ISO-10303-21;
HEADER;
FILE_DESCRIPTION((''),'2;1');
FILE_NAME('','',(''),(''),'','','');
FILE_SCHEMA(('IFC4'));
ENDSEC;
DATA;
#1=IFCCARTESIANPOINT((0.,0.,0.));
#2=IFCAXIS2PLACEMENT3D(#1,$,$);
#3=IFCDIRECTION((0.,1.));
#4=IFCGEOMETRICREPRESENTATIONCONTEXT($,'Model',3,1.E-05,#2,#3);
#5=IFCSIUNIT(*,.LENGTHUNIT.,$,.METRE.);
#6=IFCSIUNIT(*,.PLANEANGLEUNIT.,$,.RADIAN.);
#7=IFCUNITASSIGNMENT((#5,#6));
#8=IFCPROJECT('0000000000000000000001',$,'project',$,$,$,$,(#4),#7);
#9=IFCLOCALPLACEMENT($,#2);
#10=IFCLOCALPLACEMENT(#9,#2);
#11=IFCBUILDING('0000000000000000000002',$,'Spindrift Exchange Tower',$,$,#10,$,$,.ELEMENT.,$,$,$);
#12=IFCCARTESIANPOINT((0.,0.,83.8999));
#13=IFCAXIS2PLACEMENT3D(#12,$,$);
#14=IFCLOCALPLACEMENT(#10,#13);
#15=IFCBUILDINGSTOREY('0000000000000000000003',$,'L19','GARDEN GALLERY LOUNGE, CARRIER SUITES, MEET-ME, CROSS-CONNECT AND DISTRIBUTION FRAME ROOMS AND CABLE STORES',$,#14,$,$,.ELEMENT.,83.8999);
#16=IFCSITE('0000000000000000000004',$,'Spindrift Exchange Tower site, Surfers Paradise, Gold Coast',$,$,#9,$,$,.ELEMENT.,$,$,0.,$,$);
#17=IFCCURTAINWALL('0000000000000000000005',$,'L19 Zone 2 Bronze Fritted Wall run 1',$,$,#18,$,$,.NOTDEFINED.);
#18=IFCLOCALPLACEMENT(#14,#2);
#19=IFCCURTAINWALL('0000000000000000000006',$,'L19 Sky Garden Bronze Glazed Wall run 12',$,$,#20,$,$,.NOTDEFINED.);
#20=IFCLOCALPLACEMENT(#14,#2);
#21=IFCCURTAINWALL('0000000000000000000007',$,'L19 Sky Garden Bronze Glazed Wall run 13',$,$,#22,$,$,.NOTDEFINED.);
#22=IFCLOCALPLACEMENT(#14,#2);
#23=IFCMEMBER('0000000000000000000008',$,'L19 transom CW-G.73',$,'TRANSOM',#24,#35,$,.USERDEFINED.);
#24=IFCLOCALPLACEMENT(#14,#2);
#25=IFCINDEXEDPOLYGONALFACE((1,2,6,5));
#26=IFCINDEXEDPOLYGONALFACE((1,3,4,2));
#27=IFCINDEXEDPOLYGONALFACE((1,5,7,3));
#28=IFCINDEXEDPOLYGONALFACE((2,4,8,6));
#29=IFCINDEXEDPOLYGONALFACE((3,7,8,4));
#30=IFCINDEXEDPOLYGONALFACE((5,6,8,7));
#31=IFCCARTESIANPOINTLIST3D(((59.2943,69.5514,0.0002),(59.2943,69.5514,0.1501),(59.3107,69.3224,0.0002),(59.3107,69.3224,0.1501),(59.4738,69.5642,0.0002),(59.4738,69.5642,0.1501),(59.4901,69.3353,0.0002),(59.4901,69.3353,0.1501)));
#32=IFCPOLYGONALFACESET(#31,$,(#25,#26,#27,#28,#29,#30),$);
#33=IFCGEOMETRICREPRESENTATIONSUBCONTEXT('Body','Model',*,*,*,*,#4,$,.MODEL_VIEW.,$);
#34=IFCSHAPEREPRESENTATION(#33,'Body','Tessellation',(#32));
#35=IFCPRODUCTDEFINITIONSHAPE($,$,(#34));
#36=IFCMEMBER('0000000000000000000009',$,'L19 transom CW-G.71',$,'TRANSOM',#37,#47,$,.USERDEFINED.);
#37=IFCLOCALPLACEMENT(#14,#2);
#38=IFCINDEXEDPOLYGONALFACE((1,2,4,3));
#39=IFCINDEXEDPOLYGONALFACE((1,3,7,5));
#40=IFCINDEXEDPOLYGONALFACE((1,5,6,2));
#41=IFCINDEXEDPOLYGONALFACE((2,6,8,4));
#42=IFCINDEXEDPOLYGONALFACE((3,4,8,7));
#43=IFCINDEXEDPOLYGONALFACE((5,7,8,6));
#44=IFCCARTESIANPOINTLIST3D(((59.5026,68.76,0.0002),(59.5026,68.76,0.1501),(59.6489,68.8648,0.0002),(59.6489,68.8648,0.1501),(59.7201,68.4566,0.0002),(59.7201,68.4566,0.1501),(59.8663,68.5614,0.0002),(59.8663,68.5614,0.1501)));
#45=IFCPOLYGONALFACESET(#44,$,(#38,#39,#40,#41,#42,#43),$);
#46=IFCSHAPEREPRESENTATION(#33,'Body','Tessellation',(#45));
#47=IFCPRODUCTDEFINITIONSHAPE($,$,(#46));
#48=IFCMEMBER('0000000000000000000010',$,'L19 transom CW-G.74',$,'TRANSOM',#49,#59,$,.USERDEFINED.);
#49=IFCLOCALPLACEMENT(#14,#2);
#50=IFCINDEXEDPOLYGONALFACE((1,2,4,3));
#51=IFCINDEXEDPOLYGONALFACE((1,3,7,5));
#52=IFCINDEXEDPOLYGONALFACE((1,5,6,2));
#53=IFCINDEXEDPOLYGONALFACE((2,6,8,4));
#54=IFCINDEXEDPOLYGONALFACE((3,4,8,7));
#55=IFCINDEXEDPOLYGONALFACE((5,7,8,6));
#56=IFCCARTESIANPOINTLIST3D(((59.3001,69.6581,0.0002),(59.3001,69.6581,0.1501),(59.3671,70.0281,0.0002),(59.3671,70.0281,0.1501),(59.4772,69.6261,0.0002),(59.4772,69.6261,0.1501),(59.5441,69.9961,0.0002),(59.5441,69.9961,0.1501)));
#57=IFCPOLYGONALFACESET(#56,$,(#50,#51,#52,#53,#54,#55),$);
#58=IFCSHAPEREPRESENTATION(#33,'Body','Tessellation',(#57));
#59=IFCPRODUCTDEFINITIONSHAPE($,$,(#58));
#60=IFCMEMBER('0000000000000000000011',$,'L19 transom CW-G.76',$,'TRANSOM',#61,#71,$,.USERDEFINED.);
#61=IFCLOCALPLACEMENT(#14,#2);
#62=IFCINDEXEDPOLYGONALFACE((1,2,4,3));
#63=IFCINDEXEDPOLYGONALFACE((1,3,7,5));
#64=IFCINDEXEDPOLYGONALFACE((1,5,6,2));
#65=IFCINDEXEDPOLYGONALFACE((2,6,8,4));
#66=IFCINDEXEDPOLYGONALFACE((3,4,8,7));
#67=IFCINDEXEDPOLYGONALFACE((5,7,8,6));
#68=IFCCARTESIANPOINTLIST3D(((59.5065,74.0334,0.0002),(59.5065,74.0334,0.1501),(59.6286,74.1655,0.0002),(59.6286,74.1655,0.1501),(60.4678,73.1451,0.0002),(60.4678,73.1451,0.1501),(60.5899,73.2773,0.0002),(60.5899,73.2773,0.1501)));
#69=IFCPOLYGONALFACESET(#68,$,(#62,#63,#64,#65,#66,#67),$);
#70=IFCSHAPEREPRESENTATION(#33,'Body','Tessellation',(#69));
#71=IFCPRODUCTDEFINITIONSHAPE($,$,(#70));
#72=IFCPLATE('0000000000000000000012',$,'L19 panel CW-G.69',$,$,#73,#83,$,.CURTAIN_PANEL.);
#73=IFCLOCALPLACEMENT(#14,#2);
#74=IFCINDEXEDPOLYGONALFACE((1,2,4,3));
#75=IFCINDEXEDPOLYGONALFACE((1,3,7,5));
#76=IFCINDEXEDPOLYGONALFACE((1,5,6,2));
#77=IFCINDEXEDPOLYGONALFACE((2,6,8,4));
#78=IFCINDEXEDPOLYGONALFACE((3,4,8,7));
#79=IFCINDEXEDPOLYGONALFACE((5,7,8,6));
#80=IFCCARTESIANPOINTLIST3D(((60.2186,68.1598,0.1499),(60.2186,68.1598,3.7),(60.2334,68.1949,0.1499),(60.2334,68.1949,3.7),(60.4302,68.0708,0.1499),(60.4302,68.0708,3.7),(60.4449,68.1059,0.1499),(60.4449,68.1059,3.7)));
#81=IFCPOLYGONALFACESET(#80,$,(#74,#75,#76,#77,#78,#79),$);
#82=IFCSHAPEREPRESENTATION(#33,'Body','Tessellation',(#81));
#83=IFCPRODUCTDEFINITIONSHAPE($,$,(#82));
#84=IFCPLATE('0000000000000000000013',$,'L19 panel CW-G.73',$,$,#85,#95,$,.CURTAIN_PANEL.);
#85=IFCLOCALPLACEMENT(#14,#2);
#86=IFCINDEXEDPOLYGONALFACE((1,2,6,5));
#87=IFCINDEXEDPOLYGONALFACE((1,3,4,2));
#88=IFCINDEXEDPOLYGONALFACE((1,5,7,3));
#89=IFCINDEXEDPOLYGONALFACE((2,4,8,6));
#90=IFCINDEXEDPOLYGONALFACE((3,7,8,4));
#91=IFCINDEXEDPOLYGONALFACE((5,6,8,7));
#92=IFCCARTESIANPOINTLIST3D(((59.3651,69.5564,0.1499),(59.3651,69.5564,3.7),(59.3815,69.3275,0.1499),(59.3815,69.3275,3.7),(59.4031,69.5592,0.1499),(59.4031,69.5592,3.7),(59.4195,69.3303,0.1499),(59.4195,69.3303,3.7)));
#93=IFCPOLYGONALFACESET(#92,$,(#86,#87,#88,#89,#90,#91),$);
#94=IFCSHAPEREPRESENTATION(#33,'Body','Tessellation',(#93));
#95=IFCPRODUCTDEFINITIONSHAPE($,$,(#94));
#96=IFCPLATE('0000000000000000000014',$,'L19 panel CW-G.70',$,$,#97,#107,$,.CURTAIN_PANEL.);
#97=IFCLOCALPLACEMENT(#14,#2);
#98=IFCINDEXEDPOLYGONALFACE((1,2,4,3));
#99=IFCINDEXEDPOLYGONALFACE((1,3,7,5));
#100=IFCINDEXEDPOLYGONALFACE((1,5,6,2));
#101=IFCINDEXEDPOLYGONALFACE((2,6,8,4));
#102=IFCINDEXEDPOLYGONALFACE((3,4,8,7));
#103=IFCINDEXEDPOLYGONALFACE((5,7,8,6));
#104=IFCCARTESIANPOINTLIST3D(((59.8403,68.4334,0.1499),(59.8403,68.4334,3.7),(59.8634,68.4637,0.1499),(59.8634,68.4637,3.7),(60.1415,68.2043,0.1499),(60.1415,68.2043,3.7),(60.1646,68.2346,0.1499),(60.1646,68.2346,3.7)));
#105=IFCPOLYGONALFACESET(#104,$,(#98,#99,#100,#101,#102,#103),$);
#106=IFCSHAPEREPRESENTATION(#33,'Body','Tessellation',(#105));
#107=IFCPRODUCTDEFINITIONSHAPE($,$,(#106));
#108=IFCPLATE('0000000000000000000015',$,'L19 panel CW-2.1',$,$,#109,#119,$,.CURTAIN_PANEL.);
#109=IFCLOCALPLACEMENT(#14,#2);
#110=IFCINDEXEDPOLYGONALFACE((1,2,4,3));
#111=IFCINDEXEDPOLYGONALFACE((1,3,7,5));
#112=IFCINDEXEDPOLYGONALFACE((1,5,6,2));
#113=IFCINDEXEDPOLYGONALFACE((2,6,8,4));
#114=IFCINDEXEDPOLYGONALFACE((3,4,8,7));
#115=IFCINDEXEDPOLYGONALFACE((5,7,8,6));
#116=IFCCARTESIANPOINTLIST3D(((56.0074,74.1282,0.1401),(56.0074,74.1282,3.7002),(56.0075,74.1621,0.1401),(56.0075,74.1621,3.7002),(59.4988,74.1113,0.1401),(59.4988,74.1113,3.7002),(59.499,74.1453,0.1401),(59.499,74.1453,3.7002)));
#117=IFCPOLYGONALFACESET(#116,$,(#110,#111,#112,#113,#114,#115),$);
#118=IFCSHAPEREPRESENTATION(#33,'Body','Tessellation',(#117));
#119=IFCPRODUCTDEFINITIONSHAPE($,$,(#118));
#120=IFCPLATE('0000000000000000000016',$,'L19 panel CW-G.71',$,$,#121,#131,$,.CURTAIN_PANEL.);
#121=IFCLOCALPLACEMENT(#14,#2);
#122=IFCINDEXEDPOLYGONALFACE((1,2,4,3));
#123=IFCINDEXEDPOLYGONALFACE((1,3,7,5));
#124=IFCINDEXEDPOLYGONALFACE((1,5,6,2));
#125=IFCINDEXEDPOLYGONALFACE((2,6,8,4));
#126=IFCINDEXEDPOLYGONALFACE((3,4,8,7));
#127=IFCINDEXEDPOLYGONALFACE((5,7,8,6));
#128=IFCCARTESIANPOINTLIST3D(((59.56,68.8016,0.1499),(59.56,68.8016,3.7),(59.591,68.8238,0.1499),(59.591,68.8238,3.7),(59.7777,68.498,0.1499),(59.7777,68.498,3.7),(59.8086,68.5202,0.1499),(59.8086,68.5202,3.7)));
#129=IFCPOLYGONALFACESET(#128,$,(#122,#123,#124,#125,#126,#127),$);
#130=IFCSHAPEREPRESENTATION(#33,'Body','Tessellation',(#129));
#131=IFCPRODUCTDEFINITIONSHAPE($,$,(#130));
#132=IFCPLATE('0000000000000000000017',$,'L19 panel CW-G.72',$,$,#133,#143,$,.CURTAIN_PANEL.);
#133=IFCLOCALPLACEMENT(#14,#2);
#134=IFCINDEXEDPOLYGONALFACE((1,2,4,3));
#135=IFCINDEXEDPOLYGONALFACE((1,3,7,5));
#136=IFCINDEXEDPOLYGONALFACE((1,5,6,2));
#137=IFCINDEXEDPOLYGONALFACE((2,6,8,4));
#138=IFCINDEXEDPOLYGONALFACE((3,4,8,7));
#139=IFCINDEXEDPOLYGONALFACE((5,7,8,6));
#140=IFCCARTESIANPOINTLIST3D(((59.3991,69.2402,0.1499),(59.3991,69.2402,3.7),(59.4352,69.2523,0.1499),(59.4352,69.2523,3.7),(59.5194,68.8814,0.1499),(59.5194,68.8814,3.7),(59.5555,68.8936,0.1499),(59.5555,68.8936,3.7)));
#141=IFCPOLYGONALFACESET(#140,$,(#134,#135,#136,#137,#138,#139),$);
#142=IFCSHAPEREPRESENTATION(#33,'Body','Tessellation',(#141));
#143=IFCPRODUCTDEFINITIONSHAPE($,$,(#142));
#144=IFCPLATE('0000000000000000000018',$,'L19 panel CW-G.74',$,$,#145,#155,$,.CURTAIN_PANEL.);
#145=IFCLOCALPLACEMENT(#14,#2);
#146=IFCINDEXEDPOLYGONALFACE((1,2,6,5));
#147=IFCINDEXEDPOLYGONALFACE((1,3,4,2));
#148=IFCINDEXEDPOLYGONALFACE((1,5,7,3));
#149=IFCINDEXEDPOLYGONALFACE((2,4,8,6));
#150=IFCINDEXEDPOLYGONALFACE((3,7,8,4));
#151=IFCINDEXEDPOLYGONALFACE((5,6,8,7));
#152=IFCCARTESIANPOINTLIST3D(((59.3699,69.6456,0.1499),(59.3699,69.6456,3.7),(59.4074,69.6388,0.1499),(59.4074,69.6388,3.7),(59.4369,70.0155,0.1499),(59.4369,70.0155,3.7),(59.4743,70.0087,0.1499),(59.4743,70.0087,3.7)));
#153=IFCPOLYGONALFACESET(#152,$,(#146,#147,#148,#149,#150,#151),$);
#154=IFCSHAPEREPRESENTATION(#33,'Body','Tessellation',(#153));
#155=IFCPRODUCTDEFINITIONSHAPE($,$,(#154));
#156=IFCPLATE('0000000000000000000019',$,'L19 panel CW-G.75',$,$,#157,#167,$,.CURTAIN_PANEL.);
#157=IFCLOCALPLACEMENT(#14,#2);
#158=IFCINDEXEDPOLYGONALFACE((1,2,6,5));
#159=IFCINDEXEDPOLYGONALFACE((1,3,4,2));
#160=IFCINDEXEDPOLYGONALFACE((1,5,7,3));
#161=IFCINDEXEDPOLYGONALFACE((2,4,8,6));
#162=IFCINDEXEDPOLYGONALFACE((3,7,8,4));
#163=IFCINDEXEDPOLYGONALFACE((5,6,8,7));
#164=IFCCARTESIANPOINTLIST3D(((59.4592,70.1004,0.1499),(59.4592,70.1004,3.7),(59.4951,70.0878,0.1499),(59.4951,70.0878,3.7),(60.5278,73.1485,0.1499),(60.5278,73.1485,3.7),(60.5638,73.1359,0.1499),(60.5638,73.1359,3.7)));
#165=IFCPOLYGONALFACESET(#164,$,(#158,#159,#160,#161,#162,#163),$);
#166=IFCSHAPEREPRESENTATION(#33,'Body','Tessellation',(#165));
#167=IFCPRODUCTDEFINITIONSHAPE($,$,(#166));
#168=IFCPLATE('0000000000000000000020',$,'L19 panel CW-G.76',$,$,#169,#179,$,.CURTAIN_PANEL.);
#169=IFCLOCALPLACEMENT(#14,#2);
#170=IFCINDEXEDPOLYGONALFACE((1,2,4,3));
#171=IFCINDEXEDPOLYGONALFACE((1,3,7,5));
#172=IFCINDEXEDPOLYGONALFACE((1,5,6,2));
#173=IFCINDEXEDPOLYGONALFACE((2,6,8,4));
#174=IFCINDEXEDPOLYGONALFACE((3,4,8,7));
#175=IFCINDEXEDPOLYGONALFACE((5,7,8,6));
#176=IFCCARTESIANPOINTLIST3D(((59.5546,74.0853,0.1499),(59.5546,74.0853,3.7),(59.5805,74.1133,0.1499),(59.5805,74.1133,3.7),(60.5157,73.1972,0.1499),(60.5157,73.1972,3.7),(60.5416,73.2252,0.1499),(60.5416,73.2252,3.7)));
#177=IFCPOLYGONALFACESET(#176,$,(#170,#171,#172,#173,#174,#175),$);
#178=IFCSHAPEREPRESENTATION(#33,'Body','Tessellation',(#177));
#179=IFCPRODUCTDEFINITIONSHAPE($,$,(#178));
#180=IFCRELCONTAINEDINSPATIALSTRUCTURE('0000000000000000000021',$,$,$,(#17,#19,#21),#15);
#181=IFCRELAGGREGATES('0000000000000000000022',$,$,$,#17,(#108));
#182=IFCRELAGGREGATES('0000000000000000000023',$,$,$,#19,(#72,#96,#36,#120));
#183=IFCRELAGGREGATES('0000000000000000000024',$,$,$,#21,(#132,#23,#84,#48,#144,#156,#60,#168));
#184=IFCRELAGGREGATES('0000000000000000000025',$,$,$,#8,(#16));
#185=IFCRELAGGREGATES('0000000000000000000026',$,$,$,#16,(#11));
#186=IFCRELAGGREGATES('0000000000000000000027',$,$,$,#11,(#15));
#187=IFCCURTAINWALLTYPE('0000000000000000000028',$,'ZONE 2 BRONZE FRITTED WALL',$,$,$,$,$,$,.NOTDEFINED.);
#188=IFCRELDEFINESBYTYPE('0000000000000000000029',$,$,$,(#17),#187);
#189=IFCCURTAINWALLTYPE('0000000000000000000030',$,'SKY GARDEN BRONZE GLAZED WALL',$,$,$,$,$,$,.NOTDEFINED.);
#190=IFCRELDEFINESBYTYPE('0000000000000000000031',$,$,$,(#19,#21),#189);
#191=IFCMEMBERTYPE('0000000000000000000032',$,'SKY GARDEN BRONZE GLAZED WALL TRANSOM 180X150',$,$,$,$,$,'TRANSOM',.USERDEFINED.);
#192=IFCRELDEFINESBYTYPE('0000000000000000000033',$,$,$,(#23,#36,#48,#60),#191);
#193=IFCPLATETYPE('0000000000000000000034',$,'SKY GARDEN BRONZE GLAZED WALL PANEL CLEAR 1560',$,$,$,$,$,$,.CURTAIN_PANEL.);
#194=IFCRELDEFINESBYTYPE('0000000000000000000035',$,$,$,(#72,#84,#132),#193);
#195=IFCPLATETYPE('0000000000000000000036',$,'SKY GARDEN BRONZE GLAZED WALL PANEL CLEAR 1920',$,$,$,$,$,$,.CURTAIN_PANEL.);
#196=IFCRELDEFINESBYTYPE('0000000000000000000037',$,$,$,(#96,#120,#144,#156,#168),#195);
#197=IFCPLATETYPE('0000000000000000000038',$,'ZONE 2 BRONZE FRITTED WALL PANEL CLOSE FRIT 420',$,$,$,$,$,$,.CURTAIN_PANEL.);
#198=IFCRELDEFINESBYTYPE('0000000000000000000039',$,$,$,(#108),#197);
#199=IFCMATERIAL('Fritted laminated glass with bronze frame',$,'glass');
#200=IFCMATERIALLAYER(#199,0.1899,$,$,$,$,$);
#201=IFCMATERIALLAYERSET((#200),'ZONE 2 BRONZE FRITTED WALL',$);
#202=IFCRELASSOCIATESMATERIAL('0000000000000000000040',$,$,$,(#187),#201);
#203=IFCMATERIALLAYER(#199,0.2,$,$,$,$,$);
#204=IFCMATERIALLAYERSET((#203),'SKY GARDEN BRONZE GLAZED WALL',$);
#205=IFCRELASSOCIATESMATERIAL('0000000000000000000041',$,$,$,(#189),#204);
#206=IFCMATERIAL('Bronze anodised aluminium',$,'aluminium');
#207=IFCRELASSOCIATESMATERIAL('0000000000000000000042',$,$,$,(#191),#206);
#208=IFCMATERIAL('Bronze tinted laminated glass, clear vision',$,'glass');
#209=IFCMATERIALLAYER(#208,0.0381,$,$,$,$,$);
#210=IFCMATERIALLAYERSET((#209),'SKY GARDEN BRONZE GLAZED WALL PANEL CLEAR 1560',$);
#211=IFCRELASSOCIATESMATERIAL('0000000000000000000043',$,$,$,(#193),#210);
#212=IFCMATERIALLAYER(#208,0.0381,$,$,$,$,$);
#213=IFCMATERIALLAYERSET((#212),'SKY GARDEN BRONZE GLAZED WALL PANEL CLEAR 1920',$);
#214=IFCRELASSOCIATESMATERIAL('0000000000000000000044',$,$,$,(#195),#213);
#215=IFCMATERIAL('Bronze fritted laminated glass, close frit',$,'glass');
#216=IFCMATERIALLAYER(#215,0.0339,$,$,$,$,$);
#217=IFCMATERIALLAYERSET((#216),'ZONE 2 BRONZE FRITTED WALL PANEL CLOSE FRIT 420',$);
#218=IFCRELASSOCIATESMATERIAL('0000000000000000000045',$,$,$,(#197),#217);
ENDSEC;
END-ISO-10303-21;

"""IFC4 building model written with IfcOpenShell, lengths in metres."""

from ifc_helpers import new_model, si_unit, direction, frame, origin, origin_2d, place, context, subcontext, project, spatial, rectangle, extrude, source, transform, mapped, material, layer, layer_set, material_profile, profile_set, type_object, element, aggregate, save


model = new_model("IFC4")

# Units and contexts
model_context = context("Model", 3, precision=1e-05, world=origin(), true_north=direction((0.0, 1.0)))
body_context = subcontext(model_context, "Body", "Model", "MODEL_VIEW")
ifc_project = project(units=[si_unit("LENGTHUNIT", "METRE"), si_unit("PLANEANGLEUNIT", "RADIAN")], contexts=[model_context])

# Site, building, storey
site_placement = place(None, origin())
site = spatial("IfcSite", under=ifc_project, at=site_placement, Name="Spindrift Exchange Tower site, Surfers Paradise, Gold Coast", CompositionType="ELEMENT", RefElevation=0.0)
building_placement = place(site_placement, origin())
building = spatial("IfcBuilding", under=site, at=building_placement, Name="Spindrift Exchange Tower", CompositionType="ELEMENT")
storey_placement = place(building_placement, frame((0.0, 0.0, 83.8999)))
storey = spatial("IfcBuildingStorey", under=building, at=storey_placement, Name="L19", Description="GARDEN GALLERY LOUNGE, CARRIER SUITES, MEET-ME, CROSS-CONNECT AND DISTRIBUTION FRAME ROOMS AND CABLE STORES", CompositionType="ELEMENT", Elevation=83.8999)

# Curtain wall
ifc_material_1 = material(Name="Fritted laminated glass with bronze frame", Category="glass")
ifc_layer_1 = layer(ifc_material_1, 0.1899)
ifc_layer_set_1 = layer_set([ifc_layer_1], Name="ZONE 2 BRONZE FRITTED WALL")
curtain_wall_type_1 = type_object("IfcCurtainWallType", Name="ZONE 2 BRONZE FRITTED WALL", PredefinedType="NOTDEFINED", material=ifc_layer_set_1)
curtain_wall_1_placement = place(storey_placement, origin())
curtain_wall_1 = element("IfcCurtainWall", 1, at=curtain_wall_1_placement, inside=storey, type_object=curtain_wall_type_1, Name="L19 Zone 2 Bronze Fritted Wall run 1", PredefinedType="NOTDEFINED")
ifc_material_2 = material(Name="Bronze anodised aluminium", Category="aluminium")

# Curtain wall
ifc_layer_2 = layer(ifc_material_1, 0.2)
ifc_layer_set_2 = layer_set([ifc_layer_2], Name="SKY GARDEN BRONZE GLAZED WALL")
curtain_wall_type_2 = type_object("IfcCurtainWallType", Name="SKY GARDEN BRONZE GLAZED WALL", PredefinedType="NOTDEFINED", material=ifc_layer_set_2)
curtain_wall_2_placement = place(storey_placement, origin())
curtain_wall_2 = element("IfcCurtainWall", 2, at=curtain_wall_2_placement, inside=storey, type_object=curtain_wall_type_2, Name="L19 Sky Garden Bronze Glazed Wall run 12", PredefinedType="NOTDEFINED")
ifc_material_profile_1 = material_profile(ifc_material_2, rectangle(XDim=0.1799, YDim=0.1499, at=origin_2d()), Name="SKY GARDEN BRONZE GLAZED WALL TRANSOM 180X150")
ifc_profile_set_1 = profile_set([ifc_material_profile_1], Name="Bronze anodised aluminium")
member_type_1 = type_object("IfcMemberType", Name="SKY GARDEN BRONZE GLAZED WALL TRANSOM 180X150", ElementType="TRANSOM", PredefinedType="USERDEFINED", material=ifc_profile_set_1)

# Curtain wall
curtain_wall_3_placement = place(storey_placement, origin())
curtain_wall_3 = element("IfcCurtainWall", 3, at=curtain_wall_3_placement, inside=storey, type_object=curtain_wall_type_2, Name="L19 Sky Garden Bronze Glazed Wall run 13", PredefinedType="NOTDEFINED")

# Members
shared_shape_1 = source(origin(), body_context, "Body", "SweptSolid", [
    extrude(rectangle(XDim=0.1799, YDim=0.1499, at=origin_2d()), origin(), (0.0, 0.0, 1.0), 0.2295),
])
member_1_placement = place(storey_placement, frame((59.4004, 69.3289, 0.0752), z_axis=(-0.071247, 0.997459, 0.0), x_axis=(-0.997459, -0.071247, 0.0)))
member_1 = element("IfcMember", 4, at=member_1_placement, type_object=member_type_1, Name="L19 transom CW-G.73", ObjectType="TRANSOM", PredefinedType="USERDEFINED", context=body_context, shape_type="MappedRepresentation", body=[
    mapped(shared_shape_1, transform((0.0, 0.0, 0.0), scale=1.0)),
])
shared_shape_2 = source(origin(), body_context, "Body", "SweptSolid", [
    extrude(rectangle(XDim=0.1799, YDim=0.1499, at=origin_2d()), origin(), (0.0, 0.0, 1.0), 0.3733),
])
member_2_placement = place(storey_placement, frame((59.7932, 68.509, 0.0752), z_axis=(-0.582598, 0.81276, 0.0), x_axis=(-0.81276, -0.582598, 0.0)))
member_2 = element("IfcMember", 5, at=member_2_placement, type_object=member_type_1, Name="L19 transom CW-G.71", ObjectType="TRANSOM", PredefinedType="USERDEFINED", context=body_context, shape_type="MappedRepresentation", body=[
    mapped(shared_shape_2, transform((0.0, 0.0, 0.0), scale=1.0)),
])
shared_shape_3 = source(origin(), body_context, "Body", "SweptSolid", [
    extrude(rectangle(XDim=0.1799, YDim=0.1499, at=origin_2d()), origin(), (0.0, 0.0, 1.0), 0.376),
])
member_3_placement = place(storey_placement, frame((59.3887, 69.6421, 0.0752), z_axis=(0.177971, 0.984036, 0.0), x_axis=(-0.984036, 0.177971, 0.0)))
member_3 = element("IfcMember", 6, at=member_3_placement, type_object=member_type_1, Name="L19 transom CW-G.74", ObjectType="TRANSOM", PredefinedType="USERDEFINED", context=body_context, shape_type="MappedRepresentation", body=[
    mapped(shared_shape_3, transform((0.0, 0.0, 0.0), scale=1.0)),
])
shared_shape_4 = source(origin(), body_context, "Body", "SweptSolid", [
    extrude(rectangle(XDim=0.1799, YDim=0.1499, at=origin_2d()), origin(), (0.0, 0.0, 1.0), 1.3088),
])
member_4_placement = place(storey_placement, frame((60.5288, 73.2112, 0.0752), z_axis=(-0.734446, 0.678667, 0.0), x_axis=(-0.678667, -0.734446, 0.0)))
member_4 = element("IfcMember", 7, at=member_4_placement, type_object=member_type_1, Name="L19 transom CW-G.76", ObjectType="TRANSOM", PredefinedType="USERDEFINED", context=body_context, shape_type="MappedRepresentation", body=[
    mapped(shared_shape_4, transform((0.0, 0.0, 0.0), scale=1.0)),
])

# Plates
ifc_material_3 = material(Name="Bronze tinted laminated glass, clear vision", Category="glass")
ifc_layer_3 = layer(ifc_material_3, 0.0381)
ifc_layer_set_3 = layer_set([ifc_layer_3], Name="SKY GARDEN BRONZE GLAZED WALL PANEL CLEAR 1560")
plate_type_1 = type_object("IfcPlateType", Name="SKY GARDEN BRONZE GLAZED WALL PANEL CLEAR 1560", PredefinedType="CURTAIN_PANEL", material=ifc_layer_set_3)
shared_shape_5 = source(origin(), body_context, "Body", "SweptSolid", [
    extrude(rectangle(XDim=0.2295, YDim=0.0381, at=origin_2d()), origin(), (0.0, 0.0, 1.0), 3.55),
])
plate_1_placement = place(storey_placement, frame((60.3318, 68.1328, 0.1499), z_axis=(0.0, 0.0, 1.0), x_axis=(-0.921755, 0.387773, 0.0)))
plate_1 = element("IfcPlate", 8, at=plate_1_placement, type_object=plate_type_1, Name="L19 panel CW-G.69", PredefinedType="CURTAIN_PANEL", context=body_context, shape_type="MappedRepresentation", body=[
    mapped(shared_shape_5, transform((0.0, 0.0, 0.0), scale=1.0)),
])
plate_2_placement = place(storey_placement, frame((59.3923, 69.4434, 0.1499), z_axis=(0.0, 0.0, 1.0), x_axis=(-0.071518, 0.997439, 0.0)))
plate_2 = element("IfcPlate", 9, at=plate_2_placement, type_object=plate_type_1, Name="L19 panel CW-G.73", PredefinedType="CURTAIN_PANEL", context=body_context, shape_type="MappedRepresentation", body=[
    mapped(shared_shape_5, transform((0.0, 0.0, 0.0), scale=1.0)),
])
ifc_layer_4 = layer(ifc_material_3, 0.0381)
ifc_layer_set_4 = layer_set([ifc_layer_4], Name="SKY GARDEN BRONZE GLAZED WALL PANEL CLEAR 1920")
plate_type_2 = type_object("IfcPlateType", Name="SKY GARDEN BRONZE GLAZED WALL PANEL CLEAR 1920", PredefinedType="CURTAIN_PANEL", material=ifc_layer_set_4)
shared_shape_6 = source(origin(), body_context, "Body", "SweptSolid", [
    extrude(rectangle(XDim=0.3784, YDim=0.0381, at=origin_2d()), origin(), (0.0, 0.0, 1.0), 3.55),
])
plate_3_placement = place(storey_placement, frame((60.0024, 68.334, 0.1499), z_axis=(0.0, 0.0, 1.0), x_axis=(-0.795916, 0.605407, 0.0)))
plate_3 = element("IfcPlate", 10, at=plate_3_placement, type_object=plate_type_2, Name="L19 panel CW-G.70", PredefinedType="CURTAIN_PANEL", context=body_context, shape_type="MappedRepresentation", body=[
    mapped(shared_shape_6, transform((0.0, 0.0, 0.0), scale=1.0)),
])
ifc_material_4 = material(Name="Bronze fritted laminated glass, close frit", Category="glass")
ifc_layer_5 = layer(ifc_material_4, 0.0339)
ifc_layer_set_5 = layer_set([ifc_layer_5], Name="ZONE 2 BRONZE FRITTED WALL PANEL CLOSE FRIT 420")
plate_type_3 = type_object("IfcPlateType", Name="ZONE 2 BRONZE FRITTED WALL PANEL CLOSE FRIT 420", PredefinedType="CURTAIN_PANEL", material=ifc_layer_set_5)
shared_shape_7 = source(origin(), body_context, "Body", "SweptSolid", [
    extrude(rectangle(XDim=3.4915, YDim=0.0339, at=origin_2d()), origin(), (0.0, 0.0, 1.0), 3.5601),
])
plate_4_placement = place(storey_placement, frame((57.7532, 74.1367, 0.1401), z_axis=(0.0, 0.0, 1.0), x_axis=(-0.999988, 0.004822, 0.0)))
plate_4 = element("IfcPlate", 11, at=plate_4_placement, type_object=plate_type_3, Name="L19 panel CW-2.1", PredefinedType="CURTAIN_PANEL", context=body_context, shape_type="MappedRepresentation", body=[
    mapped(shared_shape_7, transform((0.0, 0.0, 0.0), scale=1.0)),
])
aggregate(curtain_wall_1, [plate_4])
shared_shape_8 = source(origin(), body_context, "Body", "SweptSolid", [
    extrude(rectangle(XDim=0.3735, YDim=0.0381, at=origin_2d()), origin(), (0.0, 0.0, 1.0), 3.55),
])
plate_5_placement = place(storey_placement, frame((59.6843, 68.6609, 0.1499), z_axis=(0.0, 0.0, 1.0), x_axis=(-0.582661, 0.812716, 0.0)))
plate_5 = element("IfcPlate", 12, at=plate_5_placement, type_object=plate_type_2, Name="L19 panel CW-G.71", PredefinedType="CURTAIN_PANEL", context=body_context, shape_type="MappedRepresentation", body=[
    mapped(shared_shape_8, transform((0.0, 0.0, 0.0), scale=1.0)),
])
aggregate(curtain_wall_2, [plate_1, plate_3, member_2, plate_5])
shared_shape_9 = source(origin(), body_context, "Body", "SweptSolid", [
    extrude(rectangle(XDim=0.3784, YDim=0.0381, at=origin_2d()), origin(), (0.0, 0.0, 1.0), 3.55),
])
plate_6_placement = place(storey_placement, frame((59.4773, 69.0669, 0.1499), z_axis=(0.0, 0.0, 1.0), x_axis=(-0.317846, 0.948142, 0.0)))
plate_6 = element("IfcPlate", 13, at=plate_6_placement, type_object=plate_type_1, Name="L19 panel CW-G.72", PredefinedType="CURTAIN_PANEL", context=body_context, shape_type="MappedRepresentation", body=[
    mapped(shared_shape_9, transform((0.0, 0.0, 0.0), scale=1.0)),
])
shared_shape_10 = source(origin(), body_context, "Body", "SweptSolid", [
    extrude(rectangle(XDim=0.376, YDim=0.0381, at=origin_2d()), origin(), (0.0, 0.0, 1.0), 3.55),
])
plate_7_placement = place(storey_placement, frame((59.4221, 69.8271, 0.1499), z_axis=(0.0, 0.0, 1.0), x_axis=(0.178103, 0.984012, 0.0)))
plate_7 = element("IfcPlate", 14, at=plate_7_placement, type_object=plate_type_2, Name="L19 panel CW-G.74", PredefinedType="CURTAIN_PANEL", context=body_context, shape_type="MappedRepresentation", body=[
    mapped(shared_shape_10, transform((0.0, 0.0, 0.0), scale=1.0)),
])
shared_shape_11 = source(origin(), body_context, "Body", "SweptSolid", [
    extrude(rectangle(XDim=3.23, YDim=0.0381, at=origin_2d()), origin(), (0.0, 0.0, 1.0), 3.55),
])
plate_8_placement = place(storey_placement, frame((60.0115, 71.6182, 0.1499), z_axis=(0.0, 0.0, 1.0), x_axis=(0.33085, 0.943683, 0.0)))
plate_8 = element("IfcPlate", 15, at=plate_8_placement, type_object=plate_type_2, Name="L19 panel CW-G.75", PredefinedType="CURTAIN_PANEL", context=body_context, shape_type="MappedRepresentation", body=[
    mapped(shared_shape_11, transform((0.0, 0.0, 0.0), scale=1.0)),
])
shared_shape_12 = source(origin(), body_context, "Body", "SweptSolid", [
    extrude(rectangle(XDim=1.3086, YDim=0.0381, at=origin_2d()), origin(), (0.0, 0.0, 1.0), 3.55),
])
plate_9_placement = place(storey_placement, frame((60.0481, 73.6553, 0.1499), z_axis=(0.0, 0.0, 1.0), x_axis=(-0.734431, 0.678683, 0.0)))
plate_9 = element("IfcPlate", 16, at=plate_9_placement, type_object=plate_type_2, Name="L19 panel CW-G.76", PredefinedType="CURTAIN_PANEL", context=body_context, shape_type="MappedRepresentation", body=[
    mapped(shared_shape_12, transform((0.0, 0.0, 0.0), scale=1.0)),
])
aggregate(curtain_wall_3, [plate_6, member_1, plate_2, member_3, plate_7, plate_8, member_4, plate_9])

save(model, "model.ifc")
